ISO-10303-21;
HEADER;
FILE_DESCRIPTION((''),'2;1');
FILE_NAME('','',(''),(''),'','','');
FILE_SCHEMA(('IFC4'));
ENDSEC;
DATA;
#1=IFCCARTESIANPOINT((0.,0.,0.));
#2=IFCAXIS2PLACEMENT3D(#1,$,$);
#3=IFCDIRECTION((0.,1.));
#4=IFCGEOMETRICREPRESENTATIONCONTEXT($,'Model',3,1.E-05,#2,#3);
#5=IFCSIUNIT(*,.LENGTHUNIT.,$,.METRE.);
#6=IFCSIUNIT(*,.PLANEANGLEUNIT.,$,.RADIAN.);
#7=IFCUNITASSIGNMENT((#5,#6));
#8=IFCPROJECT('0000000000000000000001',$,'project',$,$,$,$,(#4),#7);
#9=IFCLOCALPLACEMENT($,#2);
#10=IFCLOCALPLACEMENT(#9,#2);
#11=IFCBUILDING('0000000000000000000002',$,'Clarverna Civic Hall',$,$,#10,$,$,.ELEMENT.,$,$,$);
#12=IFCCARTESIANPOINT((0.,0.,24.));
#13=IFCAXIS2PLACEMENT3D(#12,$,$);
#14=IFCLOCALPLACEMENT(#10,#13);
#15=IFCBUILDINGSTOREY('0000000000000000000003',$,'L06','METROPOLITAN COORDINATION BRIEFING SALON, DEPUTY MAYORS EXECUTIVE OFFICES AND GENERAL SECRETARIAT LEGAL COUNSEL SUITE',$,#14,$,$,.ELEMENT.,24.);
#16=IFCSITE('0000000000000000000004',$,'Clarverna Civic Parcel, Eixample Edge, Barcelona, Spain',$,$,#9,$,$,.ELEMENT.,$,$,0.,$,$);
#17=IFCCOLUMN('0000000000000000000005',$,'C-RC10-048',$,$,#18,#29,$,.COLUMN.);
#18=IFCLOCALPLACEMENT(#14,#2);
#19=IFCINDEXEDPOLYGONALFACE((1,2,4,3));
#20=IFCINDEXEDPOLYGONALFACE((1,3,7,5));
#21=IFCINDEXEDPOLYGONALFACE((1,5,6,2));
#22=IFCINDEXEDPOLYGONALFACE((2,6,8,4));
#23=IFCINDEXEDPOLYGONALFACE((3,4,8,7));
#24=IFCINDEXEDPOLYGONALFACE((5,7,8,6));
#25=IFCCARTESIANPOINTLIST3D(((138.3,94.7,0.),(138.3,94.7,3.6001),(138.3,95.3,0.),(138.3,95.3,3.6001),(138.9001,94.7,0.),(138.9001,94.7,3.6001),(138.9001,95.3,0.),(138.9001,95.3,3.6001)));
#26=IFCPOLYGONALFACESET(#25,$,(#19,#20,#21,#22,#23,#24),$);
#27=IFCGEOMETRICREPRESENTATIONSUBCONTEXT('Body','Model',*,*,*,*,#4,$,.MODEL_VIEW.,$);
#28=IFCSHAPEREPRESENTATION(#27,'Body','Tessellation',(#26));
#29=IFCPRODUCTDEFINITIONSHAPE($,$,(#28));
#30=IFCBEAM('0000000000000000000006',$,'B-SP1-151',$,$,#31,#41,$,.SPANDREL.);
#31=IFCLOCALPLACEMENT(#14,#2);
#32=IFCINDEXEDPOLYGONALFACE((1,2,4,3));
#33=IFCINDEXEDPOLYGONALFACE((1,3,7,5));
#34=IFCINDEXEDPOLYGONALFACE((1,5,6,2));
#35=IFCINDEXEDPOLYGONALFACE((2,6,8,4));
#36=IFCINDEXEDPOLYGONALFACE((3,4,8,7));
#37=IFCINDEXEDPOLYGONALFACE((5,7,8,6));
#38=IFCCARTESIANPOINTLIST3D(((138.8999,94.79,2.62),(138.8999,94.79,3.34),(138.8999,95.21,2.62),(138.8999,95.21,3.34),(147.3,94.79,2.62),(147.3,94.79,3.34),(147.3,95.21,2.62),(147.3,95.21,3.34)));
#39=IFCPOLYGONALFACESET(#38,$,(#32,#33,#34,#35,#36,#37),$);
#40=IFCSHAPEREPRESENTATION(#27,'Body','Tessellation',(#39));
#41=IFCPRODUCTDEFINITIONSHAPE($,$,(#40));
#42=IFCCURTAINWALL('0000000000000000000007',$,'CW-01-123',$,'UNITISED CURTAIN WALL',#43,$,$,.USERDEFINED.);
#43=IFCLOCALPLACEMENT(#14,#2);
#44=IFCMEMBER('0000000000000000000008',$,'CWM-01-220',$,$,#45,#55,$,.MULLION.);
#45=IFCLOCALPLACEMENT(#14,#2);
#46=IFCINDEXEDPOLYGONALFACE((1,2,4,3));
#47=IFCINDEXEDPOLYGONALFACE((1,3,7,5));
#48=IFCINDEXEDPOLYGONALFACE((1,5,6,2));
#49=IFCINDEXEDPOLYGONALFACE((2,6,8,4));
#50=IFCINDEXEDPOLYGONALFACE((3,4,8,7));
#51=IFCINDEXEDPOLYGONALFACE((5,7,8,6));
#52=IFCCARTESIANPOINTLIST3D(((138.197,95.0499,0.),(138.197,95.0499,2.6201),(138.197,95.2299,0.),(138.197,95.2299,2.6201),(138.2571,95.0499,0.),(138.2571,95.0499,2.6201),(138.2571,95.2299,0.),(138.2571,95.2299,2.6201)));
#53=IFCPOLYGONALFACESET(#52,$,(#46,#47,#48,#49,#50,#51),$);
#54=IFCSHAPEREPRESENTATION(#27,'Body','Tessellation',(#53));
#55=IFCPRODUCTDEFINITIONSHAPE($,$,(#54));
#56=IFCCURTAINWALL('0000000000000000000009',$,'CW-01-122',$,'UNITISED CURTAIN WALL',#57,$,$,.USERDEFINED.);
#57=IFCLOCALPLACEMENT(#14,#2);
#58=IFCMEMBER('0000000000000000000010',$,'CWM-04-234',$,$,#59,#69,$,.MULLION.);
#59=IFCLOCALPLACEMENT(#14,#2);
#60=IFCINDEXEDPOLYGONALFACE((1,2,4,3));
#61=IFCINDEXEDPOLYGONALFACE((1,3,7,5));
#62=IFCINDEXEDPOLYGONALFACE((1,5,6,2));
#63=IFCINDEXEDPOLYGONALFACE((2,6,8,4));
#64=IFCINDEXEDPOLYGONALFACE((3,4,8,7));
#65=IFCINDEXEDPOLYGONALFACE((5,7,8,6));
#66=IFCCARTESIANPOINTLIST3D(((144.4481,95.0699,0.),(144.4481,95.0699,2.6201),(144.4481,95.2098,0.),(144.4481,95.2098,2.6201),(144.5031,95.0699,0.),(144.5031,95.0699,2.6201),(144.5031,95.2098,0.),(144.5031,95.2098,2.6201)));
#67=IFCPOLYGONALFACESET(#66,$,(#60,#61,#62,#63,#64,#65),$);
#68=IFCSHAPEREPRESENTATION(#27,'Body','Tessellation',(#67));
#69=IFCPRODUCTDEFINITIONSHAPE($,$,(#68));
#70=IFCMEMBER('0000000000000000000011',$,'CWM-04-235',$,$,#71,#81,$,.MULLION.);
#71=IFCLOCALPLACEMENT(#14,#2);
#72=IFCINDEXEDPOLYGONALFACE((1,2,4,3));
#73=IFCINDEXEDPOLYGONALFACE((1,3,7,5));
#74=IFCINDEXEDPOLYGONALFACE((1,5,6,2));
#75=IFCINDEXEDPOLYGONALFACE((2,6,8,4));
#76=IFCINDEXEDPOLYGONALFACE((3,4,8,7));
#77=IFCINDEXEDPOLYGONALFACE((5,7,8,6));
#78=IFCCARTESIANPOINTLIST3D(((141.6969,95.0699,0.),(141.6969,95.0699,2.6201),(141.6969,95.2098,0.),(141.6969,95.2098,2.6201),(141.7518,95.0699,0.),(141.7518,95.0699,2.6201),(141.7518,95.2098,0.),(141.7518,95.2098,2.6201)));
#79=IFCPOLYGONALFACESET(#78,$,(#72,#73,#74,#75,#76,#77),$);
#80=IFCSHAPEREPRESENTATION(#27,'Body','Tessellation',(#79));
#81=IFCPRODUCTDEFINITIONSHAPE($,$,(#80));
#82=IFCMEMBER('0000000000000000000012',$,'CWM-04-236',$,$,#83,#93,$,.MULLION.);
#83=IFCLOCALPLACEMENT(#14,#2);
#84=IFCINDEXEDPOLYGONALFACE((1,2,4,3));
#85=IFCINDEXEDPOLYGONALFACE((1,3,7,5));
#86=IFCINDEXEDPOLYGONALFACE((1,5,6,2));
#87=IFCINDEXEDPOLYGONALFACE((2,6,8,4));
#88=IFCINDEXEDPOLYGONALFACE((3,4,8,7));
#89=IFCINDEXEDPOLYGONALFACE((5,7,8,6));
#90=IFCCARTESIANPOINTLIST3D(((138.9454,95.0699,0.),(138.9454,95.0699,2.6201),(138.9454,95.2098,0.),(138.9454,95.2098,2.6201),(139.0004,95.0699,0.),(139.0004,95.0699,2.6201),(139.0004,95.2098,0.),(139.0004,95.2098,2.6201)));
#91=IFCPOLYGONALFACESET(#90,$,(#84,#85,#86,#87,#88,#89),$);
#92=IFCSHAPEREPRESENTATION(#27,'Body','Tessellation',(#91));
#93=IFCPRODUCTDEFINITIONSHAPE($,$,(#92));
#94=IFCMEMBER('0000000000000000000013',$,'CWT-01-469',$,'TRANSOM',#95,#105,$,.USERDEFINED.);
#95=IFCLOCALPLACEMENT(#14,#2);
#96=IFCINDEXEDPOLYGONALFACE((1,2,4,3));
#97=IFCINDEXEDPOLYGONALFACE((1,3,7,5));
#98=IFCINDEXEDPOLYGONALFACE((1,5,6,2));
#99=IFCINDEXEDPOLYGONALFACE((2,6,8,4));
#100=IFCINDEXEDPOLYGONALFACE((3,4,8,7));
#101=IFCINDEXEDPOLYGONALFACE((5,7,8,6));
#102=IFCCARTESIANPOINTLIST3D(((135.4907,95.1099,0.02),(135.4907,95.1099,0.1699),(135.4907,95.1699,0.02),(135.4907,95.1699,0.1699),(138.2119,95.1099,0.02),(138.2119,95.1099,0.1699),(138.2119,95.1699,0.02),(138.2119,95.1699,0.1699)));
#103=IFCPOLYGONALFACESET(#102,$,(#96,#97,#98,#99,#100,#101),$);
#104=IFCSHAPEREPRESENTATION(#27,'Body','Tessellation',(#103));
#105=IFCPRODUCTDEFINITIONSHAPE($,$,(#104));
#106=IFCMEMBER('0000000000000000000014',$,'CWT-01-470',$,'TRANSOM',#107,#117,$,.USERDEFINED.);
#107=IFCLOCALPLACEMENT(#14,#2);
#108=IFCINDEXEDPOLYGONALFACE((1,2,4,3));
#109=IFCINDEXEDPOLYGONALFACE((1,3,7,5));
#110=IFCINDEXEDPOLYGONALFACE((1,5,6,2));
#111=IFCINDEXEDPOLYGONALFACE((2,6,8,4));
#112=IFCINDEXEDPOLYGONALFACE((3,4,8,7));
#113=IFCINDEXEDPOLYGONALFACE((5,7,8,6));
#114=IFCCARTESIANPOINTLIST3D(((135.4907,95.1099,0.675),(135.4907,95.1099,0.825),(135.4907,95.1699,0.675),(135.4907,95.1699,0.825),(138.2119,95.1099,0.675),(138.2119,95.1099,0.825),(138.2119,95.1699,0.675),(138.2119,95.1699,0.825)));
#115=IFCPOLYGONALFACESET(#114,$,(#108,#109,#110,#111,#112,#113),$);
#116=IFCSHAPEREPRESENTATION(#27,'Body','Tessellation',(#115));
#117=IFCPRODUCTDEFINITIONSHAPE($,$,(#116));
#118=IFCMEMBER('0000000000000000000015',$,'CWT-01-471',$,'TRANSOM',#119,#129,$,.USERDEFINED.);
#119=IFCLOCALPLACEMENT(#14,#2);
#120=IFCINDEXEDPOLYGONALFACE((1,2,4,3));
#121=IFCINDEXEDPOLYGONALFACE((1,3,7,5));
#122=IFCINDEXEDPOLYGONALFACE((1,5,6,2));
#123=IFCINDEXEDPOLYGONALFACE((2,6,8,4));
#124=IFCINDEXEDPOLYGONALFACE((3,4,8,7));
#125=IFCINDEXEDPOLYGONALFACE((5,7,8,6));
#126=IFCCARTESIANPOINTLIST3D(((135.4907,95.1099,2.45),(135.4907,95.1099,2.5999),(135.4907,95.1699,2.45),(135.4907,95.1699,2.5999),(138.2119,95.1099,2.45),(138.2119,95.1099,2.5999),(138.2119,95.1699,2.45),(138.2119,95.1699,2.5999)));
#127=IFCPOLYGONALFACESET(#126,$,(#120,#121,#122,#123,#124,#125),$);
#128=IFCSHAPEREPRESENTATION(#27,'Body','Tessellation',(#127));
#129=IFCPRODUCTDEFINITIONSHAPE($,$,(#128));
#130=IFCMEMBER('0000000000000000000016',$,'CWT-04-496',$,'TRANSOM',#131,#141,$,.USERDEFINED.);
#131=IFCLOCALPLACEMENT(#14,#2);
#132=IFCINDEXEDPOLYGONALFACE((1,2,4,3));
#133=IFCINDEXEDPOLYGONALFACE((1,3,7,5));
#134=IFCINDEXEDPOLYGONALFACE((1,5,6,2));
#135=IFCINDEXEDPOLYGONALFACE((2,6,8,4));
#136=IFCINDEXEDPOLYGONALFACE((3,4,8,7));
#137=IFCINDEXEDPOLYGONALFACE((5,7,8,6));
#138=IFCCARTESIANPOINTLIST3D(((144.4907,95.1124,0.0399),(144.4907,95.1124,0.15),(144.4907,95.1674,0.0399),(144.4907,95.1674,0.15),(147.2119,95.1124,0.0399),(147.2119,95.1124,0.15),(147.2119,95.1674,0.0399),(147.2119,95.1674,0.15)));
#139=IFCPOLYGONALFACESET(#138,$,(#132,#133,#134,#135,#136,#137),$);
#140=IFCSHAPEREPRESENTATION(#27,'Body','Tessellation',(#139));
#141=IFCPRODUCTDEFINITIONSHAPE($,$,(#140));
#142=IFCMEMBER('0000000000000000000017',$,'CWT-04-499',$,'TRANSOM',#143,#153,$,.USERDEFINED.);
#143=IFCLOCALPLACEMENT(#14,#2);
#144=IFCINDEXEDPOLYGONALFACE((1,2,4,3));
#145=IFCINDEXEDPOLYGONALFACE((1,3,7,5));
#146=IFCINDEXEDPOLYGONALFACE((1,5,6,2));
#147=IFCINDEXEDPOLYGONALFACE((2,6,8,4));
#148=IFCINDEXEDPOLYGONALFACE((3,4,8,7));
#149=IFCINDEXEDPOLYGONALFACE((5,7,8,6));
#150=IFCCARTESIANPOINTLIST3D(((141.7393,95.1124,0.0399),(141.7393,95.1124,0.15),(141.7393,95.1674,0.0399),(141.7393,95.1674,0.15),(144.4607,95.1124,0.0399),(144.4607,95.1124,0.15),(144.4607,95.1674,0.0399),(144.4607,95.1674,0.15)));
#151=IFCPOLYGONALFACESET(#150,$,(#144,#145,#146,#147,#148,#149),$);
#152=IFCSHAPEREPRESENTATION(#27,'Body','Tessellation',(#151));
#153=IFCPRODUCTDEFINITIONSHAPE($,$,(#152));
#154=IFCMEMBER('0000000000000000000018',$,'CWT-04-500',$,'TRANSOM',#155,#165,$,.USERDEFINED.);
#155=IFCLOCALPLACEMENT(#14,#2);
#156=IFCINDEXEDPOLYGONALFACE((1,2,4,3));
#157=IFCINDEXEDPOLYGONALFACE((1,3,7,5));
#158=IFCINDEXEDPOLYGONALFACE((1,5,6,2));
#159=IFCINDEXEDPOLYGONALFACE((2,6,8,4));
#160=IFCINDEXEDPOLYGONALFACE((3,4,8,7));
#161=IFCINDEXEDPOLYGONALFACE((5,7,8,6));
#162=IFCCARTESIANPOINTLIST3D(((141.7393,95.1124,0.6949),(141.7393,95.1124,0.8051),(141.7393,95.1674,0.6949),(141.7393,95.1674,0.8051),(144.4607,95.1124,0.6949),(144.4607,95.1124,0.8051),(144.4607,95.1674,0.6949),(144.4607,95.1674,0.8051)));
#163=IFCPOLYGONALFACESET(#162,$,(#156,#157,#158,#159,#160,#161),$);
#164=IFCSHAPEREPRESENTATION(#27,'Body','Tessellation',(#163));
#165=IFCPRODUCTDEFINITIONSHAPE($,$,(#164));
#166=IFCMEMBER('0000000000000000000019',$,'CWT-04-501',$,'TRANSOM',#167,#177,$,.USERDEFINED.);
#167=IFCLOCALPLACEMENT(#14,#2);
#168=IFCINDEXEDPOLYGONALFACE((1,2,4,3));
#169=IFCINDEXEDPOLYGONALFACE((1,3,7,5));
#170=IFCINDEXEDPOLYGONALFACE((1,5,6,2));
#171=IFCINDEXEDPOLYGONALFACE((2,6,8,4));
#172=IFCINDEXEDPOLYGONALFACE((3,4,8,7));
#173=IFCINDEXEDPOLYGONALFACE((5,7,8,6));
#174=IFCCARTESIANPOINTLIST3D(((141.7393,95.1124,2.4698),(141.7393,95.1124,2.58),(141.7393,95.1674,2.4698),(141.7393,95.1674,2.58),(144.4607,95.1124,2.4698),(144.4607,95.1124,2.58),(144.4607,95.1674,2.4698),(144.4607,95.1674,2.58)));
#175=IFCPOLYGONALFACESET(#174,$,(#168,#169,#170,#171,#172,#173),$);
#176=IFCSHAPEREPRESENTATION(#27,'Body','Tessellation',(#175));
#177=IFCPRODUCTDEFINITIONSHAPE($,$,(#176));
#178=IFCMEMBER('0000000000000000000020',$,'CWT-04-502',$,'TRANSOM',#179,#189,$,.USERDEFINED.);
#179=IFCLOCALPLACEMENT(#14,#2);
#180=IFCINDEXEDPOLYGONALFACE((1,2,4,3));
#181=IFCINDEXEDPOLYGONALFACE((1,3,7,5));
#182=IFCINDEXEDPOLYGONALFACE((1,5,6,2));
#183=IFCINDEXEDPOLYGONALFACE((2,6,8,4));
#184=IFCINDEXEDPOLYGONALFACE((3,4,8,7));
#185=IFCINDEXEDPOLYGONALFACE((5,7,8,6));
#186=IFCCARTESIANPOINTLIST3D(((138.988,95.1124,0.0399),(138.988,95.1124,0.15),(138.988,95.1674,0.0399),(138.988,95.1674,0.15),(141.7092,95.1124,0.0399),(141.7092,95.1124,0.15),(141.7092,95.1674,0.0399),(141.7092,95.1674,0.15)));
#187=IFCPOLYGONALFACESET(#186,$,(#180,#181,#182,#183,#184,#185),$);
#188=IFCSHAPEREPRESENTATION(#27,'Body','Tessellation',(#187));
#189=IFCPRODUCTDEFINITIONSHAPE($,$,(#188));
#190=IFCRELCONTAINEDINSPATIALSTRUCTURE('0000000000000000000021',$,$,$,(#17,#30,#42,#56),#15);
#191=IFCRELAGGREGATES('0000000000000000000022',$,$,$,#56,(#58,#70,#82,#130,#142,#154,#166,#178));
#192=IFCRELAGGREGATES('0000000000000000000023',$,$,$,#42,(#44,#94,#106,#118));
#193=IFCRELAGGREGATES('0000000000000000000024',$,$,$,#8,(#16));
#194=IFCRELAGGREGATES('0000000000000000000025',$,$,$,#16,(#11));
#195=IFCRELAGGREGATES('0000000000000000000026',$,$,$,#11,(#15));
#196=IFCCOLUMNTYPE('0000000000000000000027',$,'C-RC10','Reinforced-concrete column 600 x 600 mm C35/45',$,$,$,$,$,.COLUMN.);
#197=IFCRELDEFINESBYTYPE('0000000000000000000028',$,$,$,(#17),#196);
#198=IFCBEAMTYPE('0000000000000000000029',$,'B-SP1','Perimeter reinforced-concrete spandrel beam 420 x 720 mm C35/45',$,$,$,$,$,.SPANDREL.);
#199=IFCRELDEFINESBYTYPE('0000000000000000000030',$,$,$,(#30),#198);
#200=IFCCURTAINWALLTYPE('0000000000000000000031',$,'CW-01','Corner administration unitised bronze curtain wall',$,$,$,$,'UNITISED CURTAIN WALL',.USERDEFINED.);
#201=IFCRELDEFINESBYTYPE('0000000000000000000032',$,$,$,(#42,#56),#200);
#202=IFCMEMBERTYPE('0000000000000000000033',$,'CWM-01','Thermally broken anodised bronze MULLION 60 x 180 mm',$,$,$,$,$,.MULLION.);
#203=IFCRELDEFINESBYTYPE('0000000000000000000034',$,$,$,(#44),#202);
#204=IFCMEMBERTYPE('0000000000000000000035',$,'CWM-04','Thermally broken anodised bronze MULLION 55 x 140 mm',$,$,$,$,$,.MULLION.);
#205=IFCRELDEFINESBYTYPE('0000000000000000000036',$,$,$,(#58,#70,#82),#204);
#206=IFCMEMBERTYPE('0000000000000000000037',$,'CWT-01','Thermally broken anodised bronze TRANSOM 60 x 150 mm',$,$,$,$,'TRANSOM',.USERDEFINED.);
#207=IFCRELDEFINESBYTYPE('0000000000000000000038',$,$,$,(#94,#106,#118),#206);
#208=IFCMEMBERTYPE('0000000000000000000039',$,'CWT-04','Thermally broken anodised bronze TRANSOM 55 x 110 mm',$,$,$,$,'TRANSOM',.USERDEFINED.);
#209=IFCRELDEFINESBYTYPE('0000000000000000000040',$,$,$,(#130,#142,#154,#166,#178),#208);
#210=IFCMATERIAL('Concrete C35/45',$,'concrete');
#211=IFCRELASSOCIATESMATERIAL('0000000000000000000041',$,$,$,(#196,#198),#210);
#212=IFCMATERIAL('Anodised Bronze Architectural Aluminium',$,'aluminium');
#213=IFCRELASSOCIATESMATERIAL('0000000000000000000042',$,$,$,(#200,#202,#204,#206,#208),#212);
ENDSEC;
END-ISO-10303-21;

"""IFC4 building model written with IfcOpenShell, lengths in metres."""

from ifc_helpers import new_model, si_unit, direction, frame, origin, origin_2d, place, context, subcontext, project, spatial, rectangle, extrude, material, material_profile, profile_set, type_object, element, aggregate, save


model = new_model("IFC4")

# Units and contexts
model_context = context("Model", 3, precision=1e-05, world=origin(), true_north=direction((0.0, 1.0)))
body_context = subcontext(model_context, "Body", "Model", "MODEL_VIEW")
ifc_project = project(units=[si_unit("LENGTHUNIT", "METRE"), si_unit("PLANEANGLEUNIT", "RADIAN")], contexts=[model_context])

# Site, building, storey
site_placement = place(None, origin())
site = spatial("IfcSite", under=ifc_project, at=site_placement, Name="Clarverna Civic Parcel, Eixample Edge, Barcelona, Spain", CompositionType="ELEMENT", RefElevation=0.0)
building_placement = place(site_placement, origin())
building = spatial("IfcBuilding", under=site, at=building_placement, Name="Clarverna Civic Hall", CompositionType="ELEMENT")
storey_placement = place(building_placement, frame((0.0, 0.0, 24.0)))
storey = spatial("IfcBuildingStorey", under=building, at=storey_placement, Name="L06", Description="METROPOLITAN COORDINATION BRIEFING SALON, DEPUTY MAYORS EXECUTIVE OFFICES AND GENERAL SECRETARIAT LEGAL COUNSEL SUITE", CompositionType="ELEMENT", Elevation=24.0)

# Column
ifc_material_1 = material(Name="Concrete C35/45", Category="concrete")
ifc_material_profile_1 = material_profile(ifc_material_1, rectangle(XDim=0.6001, YDim=0.6001, at=origin_2d()), Name="RC 600x600")
ifc_profile_set_1 = profile_set([ifc_material_profile_1], Name="Concrete C35/45")
column_type = type_object("IfcColumnType", Name="C-RC10", Description="Reinforced-concrete column 600 x 600 mm C35/45", PredefinedType="COLUMN", material=ifc_profile_set_1)
column_placement = place(storey_placement, frame((138.6001, 95.0, 0.0), z_axis=(0.0, 0.0, 1.0), x_axis=(1.0, 0.0, 0.0)))
element("IfcColumn", 1, at=column_placement, inside=storey, type_object=column_type, Name="C-RC10-048", PredefinedType="COLUMN", context=body_context, shape_type="SweptSolid", body=[
    extrude(rectangle(XDim=0.6001, YDim=0.6001, at=origin_2d()), origin(), (0.0, 0.0, 1.0), 3.6001),
])

# Beam
ifc_material_profile_2 = material_profile(ifc_material_1, rectangle(XDim=0.4199, YDim=0.72, at=origin_2d()), Name="RC 420x720")
ifc_profile_set_2 = profile_set([ifc_material_profile_2], Name="Concrete C35/45")
beam_type = type_object("IfcBeamType", Name="B-SP1", Description="Perimeter reinforced-concrete spandrel beam 420 x 720 mm C35/45", PredefinedType="SPANDREL", material=ifc_profile_set_2)
beam_placement = place(storey_placement, frame((138.8999, 95.0, 2.98), z_axis=(1.0, 0.0, 0.0), x_axis=(0.0, 1.0, 0.0)))
element("IfcBeam", 2, at=beam_placement, inside=storey, type_object=beam_type, Name="B-SP1-151", PredefinedType="SPANDREL", context=body_context, shape_type="SweptSolid", body=[
    extrude(rectangle(XDim=0.4199, YDim=0.72, at=origin_2d()), origin(), (0.0, 0.0, 1.0), 8.4001),
])

# Curtain wall, member
ifc_material_2 = material(Name="Anodised Bronze Architectural Aluminium", Category="aluminium")
curtain_wall_type = type_object("IfcCurtainWallType", Name="CW-01", Description="Corner administration unitised bronze curtain wall", ElementType="UNITISED CURTAIN WALL", PredefinedType="USERDEFINED", material=ifc_material_2)
curtain_wall_1_placement = place(storey_placement, origin())
curtain_wall_1 = element("IfcCurtainWall", 3, at=curtain_wall_1_placement, inside=storey, type_object=curtain_wall_type, Name="CW-01-123", ObjectType="UNITISED CURTAIN WALL", PredefinedType="USERDEFINED")
ifc_material_profile_3 = material_profile(ifc_material_2, rectangle(XDim=0.0601, YDim=0.1799, at=origin_2d()), Name="BRONZE 60x180")
ifc_profile_set_3 = profile_set([ifc_material_profile_3], Name="Anodised Bronze Architectural Aluminium")
member_type_1 = type_object("IfcMemberType", Name="CWM-01", Description="Thermally broken anodised bronze MULLION 60 x 180 mm", PredefinedType="MULLION", material=ifc_profile_set_3)
member_1_placement = place(storey_placement, frame((138.2271, 95.1399, 0.0), z_axis=(0.0, 0.0, 1.0), x_axis=(1.0, 0.0, 0.0)))
member_1 = element("IfcMember", 4, at=member_1_placement, type_object=member_type_1, Name="CWM-01-220", PredefinedType="MULLION", context=body_context, shape_type="SweptSolid", body=[
    extrude(rectangle(XDim=0.0601, YDim=0.1799, at=origin_2d()), origin(), (0.0, 0.0, 1.0), 2.6201),
])

# Curtain wall, members
curtain_wall_2_placement = place(storey_placement, origin())
curtain_wall_2 = element("IfcCurtainWall", 5, at=curtain_wall_2_placement, inside=storey, type_object=curtain_wall_type, Name="CW-01-122", ObjectType="UNITISED CURTAIN WALL", PredefinedType="USERDEFINED")
ifc_material_profile_4 = material_profile(ifc_material_2, rectangle(XDim=0.0549, YDim=0.1399, at=origin_2d()), Name="BRONZE 55x140")
ifc_profile_set_4 = profile_set([ifc_material_profile_4], Name="Anodised Bronze Architectural Aluminium")
member_type_2 = type_object("IfcMemberType", Name="CWM-04", Description="Thermally broken anodised bronze MULLION 55 x 140 mm", PredefinedType="MULLION", material=ifc_profile_set_4)
member_2_placement = place(storey_placement, frame((144.4756, 95.1399, 0.0), z_axis=(0.0, 0.0, 1.0), x_axis=(1.0, 0.0, 0.0)))
member_2 = element("IfcMember", 6, at=member_2_placement, type_object=member_type_2, Name="CWM-04-234", PredefinedType="MULLION", context=body_context, shape_type="SweptSolid", body=[
    extrude(rectangle(XDim=0.0549, YDim=0.1399, at=origin_2d()), origin(), (0.0, 0.0, 1.0), 2.6201),
])
member_3_placement = place(storey_placement, frame((141.7244, 95.1399, 0.0), z_axis=(0.0, 0.0, 1.0), x_axis=(1.0, 0.0, 0.0)))
member_3 = element("IfcMember", 7, at=member_3_placement, type_object=member_type_2, Name="CWM-04-235", PredefinedType="MULLION", context=body_context, shape_type="SweptSolid", body=[
    extrude(rectangle(XDim=0.0549, YDim=0.1399, at=origin_2d()), origin(), (0.0, 0.0, 1.0), 2.6201),
])
member_4_placement = place(storey_placement, frame((138.9729, 95.1399, 0.0), z_axis=(0.0, 0.0, 1.0), x_axis=(1.0, 0.0, 0.0)))
member_4 = element("IfcMember", 8, at=member_4_placement, type_object=member_type_2, Name="CWM-04-236", PredefinedType="MULLION", context=body_context, shape_type="SweptSolid", body=[
    extrude(rectangle(XDim=0.0549, YDim=0.1399, at=origin_2d()), origin(), (0.0, 0.0, 1.0), 2.6201),
])

# Members
ifc_material_profile_5 = material_profile(ifc_material_2, rectangle(XDim=0.0601, YDim=0.1499, at=origin_2d()), Name="BRONZE 60x150")
ifc_profile_set_5 = profile_set([ifc_material_profile_5], Name="Anodised Bronze Architectural Aluminium")
member_type_3 = type_object("IfcMemberType", Name="CWT-01", Description="Thermally broken anodised bronze TRANSOM 60 x 150 mm", ElementType="TRANSOM", PredefinedType="USERDEFINED", material=ifc_profile_set_5)
member_5_placement = place(storey_placement, frame((138.2119, 95.1399, 0.095), z_axis=(-1.0, 0.0, 0.0), x_axis=(0.0, -1.0, 0.0)))
member_5 = element("IfcMember", 9, at=member_5_placement, type_object=member_type_3, Name="CWT-01-469", ObjectType="TRANSOM", PredefinedType="USERDEFINED", context=body_context, shape_type="SweptSolid", body=[
    extrude(rectangle(XDim=0.0601, YDim=0.1499, at=origin_2d()), origin(), (0.0, 0.0, 1.0), 2.7212),
])
member_6_placement = place(storey_placement, frame((138.2119, 95.1399, 0.75), z_axis=(-1.0, 0.0, 0.0), x_axis=(0.0, -1.0, 0.0)))
member_6 = element("IfcMember", 10, at=member_6_placement, type_object=member_type_3, Name="CWT-01-470", ObjectType="TRANSOM", PredefinedType="USERDEFINED", context=body_context, shape_type="SweptSolid", body=[
    extrude(rectangle(XDim=0.0601, YDim=0.1499, at=origin_2d()), origin(), (0.0, 0.0, 1.0), 2.7212),
])
member_7_placement = place(storey_placement, frame((138.2119, 95.1399, 2.5249), z_axis=(-1.0, 0.0, 0.0), x_axis=(0.0, -1.0, 0.0)))
member_7 = element("IfcMember", 11, at=member_7_placement, type_object=member_type_3, Name="CWT-01-471", ObjectType="TRANSOM", PredefinedType="USERDEFINED", context=body_context, shape_type="SweptSolid", body=[
    extrude(rectangle(XDim=0.0601, YDim=0.1499, at=origin_2d()), origin(), (0.0, 0.0, 1.0), 2.7212),
])
ifc_material_profile_6 = material_profile(ifc_material_2, rectangle(XDim=0.0549, YDim=0.1101, at=origin_2d()), Name="BRONZE 55x110")
ifc_profile_set_6 = profile_set([ifc_material_profile_6], Name="Anodised Bronze Architectural Aluminium")
member_type_4 = type_object("IfcMemberType", Name="CWT-04", Description="Thermally broken anodised bronze TRANSOM 55 x 110 mm", ElementType="TRANSOM", PredefinedType="USERDEFINED", material=ifc_profile_set_6)
member_8_placement = place(storey_placement, frame((147.2119, 95.1399, 0.095), z_axis=(-1.0, 0.0, 0.0), x_axis=(0.0, -1.0, 0.0)))
member_8 = element("IfcMember", 12, at=member_8_placement, type_object=member_type_4, Name="CWT-04-496", ObjectType="TRANSOM", PredefinedType="USERDEFINED", context=body_context, shape_type="SweptSolid", body=[
    extrude(rectangle(XDim=0.0549, YDim=0.1101, at=origin_2d()), origin(), (0.0, 0.0, 1.0), 2.7212),
])
member_9_placement = place(storey_placement, frame((144.4607, 95.1399, 0.095), z_axis=(-1.0, 0.0, 0.0), x_axis=(0.0, -1.0, 0.0)))
member_9 = element("IfcMember", 13, at=member_9_placement, type_object=member_type_4, Name="CWT-04-499", ObjectType="TRANSOM", PredefinedType="USERDEFINED", context=body_context, shape_type="SweptSolid", body=[
    extrude(rectangle(XDim=0.0549, YDim=0.1101, at=origin_2d()), origin(), (0.0, 0.0, 1.0), 2.7214),
])
member_10_placement = place(storey_placement, frame((144.4607, 95.1399, 0.75), z_axis=(-1.0, 0.0, 0.0), x_axis=(0.0, -1.0, 0.0)))
member_10 = element("IfcMember", 14, at=member_10_placement, type_object=member_type_4, Name="CWT-04-500", ObjectType="TRANSOM", PredefinedType="USERDEFINED", context=body_context, shape_type="SweptSolid", body=[
    extrude(rectangle(XDim=0.0549, YDim=0.1101, at=origin_2d()), origin(), (0.0, 0.0, 1.0), 2.7214),
])
member_11_placement = place(storey_placement, frame((144.4607, 95.1399, 2.5249), z_axis=(-1.0, 0.0, 0.0), x_axis=(0.0, -1.0, 0.0)))
member_11 = element("IfcMember", 15, at=member_11_placement, type_object=member_type_4, Name="CWT-04-501", ObjectType="TRANSOM", PredefinedType="USERDEFINED", context=body_context, shape_type="SweptSolid", body=[
    extrude(rectangle(XDim=0.0549, YDim=0.1101, at=origin_2d()), origin(), (0.0, 0.0, 1.0), 2.7214),
])
member_12_placement = place(storey_placement, frame((141.7092, 95.1399, 0.095), z_axis=(-1.0, 0.0, 0.0), x_axis=(0.0, -1.0, 0.0)))
member_12 = element("IfcMember", 16, at=member_12_placement, type_object=member_type_4, Name="CWT-04-502", ObjectType="TRANSOM", PredefinedType="USERDEFINED", context=body_context, shape_type="SweptSolid", body=[
    extrude(rectangle(XDim=0.0549, YDim=0.1101, at=origin_2d()), origin(), (0.0, 0.0, 1.0), 2.7212),
])

aggregate(curtain_wall_2, [member_2, member_3, member_4, member_8, member_9, member_10, member_11, member_12])
aggregate(curtain_wall_1, [member_1, member_5, member_6, member_7])

save(model, "model.ifc")
